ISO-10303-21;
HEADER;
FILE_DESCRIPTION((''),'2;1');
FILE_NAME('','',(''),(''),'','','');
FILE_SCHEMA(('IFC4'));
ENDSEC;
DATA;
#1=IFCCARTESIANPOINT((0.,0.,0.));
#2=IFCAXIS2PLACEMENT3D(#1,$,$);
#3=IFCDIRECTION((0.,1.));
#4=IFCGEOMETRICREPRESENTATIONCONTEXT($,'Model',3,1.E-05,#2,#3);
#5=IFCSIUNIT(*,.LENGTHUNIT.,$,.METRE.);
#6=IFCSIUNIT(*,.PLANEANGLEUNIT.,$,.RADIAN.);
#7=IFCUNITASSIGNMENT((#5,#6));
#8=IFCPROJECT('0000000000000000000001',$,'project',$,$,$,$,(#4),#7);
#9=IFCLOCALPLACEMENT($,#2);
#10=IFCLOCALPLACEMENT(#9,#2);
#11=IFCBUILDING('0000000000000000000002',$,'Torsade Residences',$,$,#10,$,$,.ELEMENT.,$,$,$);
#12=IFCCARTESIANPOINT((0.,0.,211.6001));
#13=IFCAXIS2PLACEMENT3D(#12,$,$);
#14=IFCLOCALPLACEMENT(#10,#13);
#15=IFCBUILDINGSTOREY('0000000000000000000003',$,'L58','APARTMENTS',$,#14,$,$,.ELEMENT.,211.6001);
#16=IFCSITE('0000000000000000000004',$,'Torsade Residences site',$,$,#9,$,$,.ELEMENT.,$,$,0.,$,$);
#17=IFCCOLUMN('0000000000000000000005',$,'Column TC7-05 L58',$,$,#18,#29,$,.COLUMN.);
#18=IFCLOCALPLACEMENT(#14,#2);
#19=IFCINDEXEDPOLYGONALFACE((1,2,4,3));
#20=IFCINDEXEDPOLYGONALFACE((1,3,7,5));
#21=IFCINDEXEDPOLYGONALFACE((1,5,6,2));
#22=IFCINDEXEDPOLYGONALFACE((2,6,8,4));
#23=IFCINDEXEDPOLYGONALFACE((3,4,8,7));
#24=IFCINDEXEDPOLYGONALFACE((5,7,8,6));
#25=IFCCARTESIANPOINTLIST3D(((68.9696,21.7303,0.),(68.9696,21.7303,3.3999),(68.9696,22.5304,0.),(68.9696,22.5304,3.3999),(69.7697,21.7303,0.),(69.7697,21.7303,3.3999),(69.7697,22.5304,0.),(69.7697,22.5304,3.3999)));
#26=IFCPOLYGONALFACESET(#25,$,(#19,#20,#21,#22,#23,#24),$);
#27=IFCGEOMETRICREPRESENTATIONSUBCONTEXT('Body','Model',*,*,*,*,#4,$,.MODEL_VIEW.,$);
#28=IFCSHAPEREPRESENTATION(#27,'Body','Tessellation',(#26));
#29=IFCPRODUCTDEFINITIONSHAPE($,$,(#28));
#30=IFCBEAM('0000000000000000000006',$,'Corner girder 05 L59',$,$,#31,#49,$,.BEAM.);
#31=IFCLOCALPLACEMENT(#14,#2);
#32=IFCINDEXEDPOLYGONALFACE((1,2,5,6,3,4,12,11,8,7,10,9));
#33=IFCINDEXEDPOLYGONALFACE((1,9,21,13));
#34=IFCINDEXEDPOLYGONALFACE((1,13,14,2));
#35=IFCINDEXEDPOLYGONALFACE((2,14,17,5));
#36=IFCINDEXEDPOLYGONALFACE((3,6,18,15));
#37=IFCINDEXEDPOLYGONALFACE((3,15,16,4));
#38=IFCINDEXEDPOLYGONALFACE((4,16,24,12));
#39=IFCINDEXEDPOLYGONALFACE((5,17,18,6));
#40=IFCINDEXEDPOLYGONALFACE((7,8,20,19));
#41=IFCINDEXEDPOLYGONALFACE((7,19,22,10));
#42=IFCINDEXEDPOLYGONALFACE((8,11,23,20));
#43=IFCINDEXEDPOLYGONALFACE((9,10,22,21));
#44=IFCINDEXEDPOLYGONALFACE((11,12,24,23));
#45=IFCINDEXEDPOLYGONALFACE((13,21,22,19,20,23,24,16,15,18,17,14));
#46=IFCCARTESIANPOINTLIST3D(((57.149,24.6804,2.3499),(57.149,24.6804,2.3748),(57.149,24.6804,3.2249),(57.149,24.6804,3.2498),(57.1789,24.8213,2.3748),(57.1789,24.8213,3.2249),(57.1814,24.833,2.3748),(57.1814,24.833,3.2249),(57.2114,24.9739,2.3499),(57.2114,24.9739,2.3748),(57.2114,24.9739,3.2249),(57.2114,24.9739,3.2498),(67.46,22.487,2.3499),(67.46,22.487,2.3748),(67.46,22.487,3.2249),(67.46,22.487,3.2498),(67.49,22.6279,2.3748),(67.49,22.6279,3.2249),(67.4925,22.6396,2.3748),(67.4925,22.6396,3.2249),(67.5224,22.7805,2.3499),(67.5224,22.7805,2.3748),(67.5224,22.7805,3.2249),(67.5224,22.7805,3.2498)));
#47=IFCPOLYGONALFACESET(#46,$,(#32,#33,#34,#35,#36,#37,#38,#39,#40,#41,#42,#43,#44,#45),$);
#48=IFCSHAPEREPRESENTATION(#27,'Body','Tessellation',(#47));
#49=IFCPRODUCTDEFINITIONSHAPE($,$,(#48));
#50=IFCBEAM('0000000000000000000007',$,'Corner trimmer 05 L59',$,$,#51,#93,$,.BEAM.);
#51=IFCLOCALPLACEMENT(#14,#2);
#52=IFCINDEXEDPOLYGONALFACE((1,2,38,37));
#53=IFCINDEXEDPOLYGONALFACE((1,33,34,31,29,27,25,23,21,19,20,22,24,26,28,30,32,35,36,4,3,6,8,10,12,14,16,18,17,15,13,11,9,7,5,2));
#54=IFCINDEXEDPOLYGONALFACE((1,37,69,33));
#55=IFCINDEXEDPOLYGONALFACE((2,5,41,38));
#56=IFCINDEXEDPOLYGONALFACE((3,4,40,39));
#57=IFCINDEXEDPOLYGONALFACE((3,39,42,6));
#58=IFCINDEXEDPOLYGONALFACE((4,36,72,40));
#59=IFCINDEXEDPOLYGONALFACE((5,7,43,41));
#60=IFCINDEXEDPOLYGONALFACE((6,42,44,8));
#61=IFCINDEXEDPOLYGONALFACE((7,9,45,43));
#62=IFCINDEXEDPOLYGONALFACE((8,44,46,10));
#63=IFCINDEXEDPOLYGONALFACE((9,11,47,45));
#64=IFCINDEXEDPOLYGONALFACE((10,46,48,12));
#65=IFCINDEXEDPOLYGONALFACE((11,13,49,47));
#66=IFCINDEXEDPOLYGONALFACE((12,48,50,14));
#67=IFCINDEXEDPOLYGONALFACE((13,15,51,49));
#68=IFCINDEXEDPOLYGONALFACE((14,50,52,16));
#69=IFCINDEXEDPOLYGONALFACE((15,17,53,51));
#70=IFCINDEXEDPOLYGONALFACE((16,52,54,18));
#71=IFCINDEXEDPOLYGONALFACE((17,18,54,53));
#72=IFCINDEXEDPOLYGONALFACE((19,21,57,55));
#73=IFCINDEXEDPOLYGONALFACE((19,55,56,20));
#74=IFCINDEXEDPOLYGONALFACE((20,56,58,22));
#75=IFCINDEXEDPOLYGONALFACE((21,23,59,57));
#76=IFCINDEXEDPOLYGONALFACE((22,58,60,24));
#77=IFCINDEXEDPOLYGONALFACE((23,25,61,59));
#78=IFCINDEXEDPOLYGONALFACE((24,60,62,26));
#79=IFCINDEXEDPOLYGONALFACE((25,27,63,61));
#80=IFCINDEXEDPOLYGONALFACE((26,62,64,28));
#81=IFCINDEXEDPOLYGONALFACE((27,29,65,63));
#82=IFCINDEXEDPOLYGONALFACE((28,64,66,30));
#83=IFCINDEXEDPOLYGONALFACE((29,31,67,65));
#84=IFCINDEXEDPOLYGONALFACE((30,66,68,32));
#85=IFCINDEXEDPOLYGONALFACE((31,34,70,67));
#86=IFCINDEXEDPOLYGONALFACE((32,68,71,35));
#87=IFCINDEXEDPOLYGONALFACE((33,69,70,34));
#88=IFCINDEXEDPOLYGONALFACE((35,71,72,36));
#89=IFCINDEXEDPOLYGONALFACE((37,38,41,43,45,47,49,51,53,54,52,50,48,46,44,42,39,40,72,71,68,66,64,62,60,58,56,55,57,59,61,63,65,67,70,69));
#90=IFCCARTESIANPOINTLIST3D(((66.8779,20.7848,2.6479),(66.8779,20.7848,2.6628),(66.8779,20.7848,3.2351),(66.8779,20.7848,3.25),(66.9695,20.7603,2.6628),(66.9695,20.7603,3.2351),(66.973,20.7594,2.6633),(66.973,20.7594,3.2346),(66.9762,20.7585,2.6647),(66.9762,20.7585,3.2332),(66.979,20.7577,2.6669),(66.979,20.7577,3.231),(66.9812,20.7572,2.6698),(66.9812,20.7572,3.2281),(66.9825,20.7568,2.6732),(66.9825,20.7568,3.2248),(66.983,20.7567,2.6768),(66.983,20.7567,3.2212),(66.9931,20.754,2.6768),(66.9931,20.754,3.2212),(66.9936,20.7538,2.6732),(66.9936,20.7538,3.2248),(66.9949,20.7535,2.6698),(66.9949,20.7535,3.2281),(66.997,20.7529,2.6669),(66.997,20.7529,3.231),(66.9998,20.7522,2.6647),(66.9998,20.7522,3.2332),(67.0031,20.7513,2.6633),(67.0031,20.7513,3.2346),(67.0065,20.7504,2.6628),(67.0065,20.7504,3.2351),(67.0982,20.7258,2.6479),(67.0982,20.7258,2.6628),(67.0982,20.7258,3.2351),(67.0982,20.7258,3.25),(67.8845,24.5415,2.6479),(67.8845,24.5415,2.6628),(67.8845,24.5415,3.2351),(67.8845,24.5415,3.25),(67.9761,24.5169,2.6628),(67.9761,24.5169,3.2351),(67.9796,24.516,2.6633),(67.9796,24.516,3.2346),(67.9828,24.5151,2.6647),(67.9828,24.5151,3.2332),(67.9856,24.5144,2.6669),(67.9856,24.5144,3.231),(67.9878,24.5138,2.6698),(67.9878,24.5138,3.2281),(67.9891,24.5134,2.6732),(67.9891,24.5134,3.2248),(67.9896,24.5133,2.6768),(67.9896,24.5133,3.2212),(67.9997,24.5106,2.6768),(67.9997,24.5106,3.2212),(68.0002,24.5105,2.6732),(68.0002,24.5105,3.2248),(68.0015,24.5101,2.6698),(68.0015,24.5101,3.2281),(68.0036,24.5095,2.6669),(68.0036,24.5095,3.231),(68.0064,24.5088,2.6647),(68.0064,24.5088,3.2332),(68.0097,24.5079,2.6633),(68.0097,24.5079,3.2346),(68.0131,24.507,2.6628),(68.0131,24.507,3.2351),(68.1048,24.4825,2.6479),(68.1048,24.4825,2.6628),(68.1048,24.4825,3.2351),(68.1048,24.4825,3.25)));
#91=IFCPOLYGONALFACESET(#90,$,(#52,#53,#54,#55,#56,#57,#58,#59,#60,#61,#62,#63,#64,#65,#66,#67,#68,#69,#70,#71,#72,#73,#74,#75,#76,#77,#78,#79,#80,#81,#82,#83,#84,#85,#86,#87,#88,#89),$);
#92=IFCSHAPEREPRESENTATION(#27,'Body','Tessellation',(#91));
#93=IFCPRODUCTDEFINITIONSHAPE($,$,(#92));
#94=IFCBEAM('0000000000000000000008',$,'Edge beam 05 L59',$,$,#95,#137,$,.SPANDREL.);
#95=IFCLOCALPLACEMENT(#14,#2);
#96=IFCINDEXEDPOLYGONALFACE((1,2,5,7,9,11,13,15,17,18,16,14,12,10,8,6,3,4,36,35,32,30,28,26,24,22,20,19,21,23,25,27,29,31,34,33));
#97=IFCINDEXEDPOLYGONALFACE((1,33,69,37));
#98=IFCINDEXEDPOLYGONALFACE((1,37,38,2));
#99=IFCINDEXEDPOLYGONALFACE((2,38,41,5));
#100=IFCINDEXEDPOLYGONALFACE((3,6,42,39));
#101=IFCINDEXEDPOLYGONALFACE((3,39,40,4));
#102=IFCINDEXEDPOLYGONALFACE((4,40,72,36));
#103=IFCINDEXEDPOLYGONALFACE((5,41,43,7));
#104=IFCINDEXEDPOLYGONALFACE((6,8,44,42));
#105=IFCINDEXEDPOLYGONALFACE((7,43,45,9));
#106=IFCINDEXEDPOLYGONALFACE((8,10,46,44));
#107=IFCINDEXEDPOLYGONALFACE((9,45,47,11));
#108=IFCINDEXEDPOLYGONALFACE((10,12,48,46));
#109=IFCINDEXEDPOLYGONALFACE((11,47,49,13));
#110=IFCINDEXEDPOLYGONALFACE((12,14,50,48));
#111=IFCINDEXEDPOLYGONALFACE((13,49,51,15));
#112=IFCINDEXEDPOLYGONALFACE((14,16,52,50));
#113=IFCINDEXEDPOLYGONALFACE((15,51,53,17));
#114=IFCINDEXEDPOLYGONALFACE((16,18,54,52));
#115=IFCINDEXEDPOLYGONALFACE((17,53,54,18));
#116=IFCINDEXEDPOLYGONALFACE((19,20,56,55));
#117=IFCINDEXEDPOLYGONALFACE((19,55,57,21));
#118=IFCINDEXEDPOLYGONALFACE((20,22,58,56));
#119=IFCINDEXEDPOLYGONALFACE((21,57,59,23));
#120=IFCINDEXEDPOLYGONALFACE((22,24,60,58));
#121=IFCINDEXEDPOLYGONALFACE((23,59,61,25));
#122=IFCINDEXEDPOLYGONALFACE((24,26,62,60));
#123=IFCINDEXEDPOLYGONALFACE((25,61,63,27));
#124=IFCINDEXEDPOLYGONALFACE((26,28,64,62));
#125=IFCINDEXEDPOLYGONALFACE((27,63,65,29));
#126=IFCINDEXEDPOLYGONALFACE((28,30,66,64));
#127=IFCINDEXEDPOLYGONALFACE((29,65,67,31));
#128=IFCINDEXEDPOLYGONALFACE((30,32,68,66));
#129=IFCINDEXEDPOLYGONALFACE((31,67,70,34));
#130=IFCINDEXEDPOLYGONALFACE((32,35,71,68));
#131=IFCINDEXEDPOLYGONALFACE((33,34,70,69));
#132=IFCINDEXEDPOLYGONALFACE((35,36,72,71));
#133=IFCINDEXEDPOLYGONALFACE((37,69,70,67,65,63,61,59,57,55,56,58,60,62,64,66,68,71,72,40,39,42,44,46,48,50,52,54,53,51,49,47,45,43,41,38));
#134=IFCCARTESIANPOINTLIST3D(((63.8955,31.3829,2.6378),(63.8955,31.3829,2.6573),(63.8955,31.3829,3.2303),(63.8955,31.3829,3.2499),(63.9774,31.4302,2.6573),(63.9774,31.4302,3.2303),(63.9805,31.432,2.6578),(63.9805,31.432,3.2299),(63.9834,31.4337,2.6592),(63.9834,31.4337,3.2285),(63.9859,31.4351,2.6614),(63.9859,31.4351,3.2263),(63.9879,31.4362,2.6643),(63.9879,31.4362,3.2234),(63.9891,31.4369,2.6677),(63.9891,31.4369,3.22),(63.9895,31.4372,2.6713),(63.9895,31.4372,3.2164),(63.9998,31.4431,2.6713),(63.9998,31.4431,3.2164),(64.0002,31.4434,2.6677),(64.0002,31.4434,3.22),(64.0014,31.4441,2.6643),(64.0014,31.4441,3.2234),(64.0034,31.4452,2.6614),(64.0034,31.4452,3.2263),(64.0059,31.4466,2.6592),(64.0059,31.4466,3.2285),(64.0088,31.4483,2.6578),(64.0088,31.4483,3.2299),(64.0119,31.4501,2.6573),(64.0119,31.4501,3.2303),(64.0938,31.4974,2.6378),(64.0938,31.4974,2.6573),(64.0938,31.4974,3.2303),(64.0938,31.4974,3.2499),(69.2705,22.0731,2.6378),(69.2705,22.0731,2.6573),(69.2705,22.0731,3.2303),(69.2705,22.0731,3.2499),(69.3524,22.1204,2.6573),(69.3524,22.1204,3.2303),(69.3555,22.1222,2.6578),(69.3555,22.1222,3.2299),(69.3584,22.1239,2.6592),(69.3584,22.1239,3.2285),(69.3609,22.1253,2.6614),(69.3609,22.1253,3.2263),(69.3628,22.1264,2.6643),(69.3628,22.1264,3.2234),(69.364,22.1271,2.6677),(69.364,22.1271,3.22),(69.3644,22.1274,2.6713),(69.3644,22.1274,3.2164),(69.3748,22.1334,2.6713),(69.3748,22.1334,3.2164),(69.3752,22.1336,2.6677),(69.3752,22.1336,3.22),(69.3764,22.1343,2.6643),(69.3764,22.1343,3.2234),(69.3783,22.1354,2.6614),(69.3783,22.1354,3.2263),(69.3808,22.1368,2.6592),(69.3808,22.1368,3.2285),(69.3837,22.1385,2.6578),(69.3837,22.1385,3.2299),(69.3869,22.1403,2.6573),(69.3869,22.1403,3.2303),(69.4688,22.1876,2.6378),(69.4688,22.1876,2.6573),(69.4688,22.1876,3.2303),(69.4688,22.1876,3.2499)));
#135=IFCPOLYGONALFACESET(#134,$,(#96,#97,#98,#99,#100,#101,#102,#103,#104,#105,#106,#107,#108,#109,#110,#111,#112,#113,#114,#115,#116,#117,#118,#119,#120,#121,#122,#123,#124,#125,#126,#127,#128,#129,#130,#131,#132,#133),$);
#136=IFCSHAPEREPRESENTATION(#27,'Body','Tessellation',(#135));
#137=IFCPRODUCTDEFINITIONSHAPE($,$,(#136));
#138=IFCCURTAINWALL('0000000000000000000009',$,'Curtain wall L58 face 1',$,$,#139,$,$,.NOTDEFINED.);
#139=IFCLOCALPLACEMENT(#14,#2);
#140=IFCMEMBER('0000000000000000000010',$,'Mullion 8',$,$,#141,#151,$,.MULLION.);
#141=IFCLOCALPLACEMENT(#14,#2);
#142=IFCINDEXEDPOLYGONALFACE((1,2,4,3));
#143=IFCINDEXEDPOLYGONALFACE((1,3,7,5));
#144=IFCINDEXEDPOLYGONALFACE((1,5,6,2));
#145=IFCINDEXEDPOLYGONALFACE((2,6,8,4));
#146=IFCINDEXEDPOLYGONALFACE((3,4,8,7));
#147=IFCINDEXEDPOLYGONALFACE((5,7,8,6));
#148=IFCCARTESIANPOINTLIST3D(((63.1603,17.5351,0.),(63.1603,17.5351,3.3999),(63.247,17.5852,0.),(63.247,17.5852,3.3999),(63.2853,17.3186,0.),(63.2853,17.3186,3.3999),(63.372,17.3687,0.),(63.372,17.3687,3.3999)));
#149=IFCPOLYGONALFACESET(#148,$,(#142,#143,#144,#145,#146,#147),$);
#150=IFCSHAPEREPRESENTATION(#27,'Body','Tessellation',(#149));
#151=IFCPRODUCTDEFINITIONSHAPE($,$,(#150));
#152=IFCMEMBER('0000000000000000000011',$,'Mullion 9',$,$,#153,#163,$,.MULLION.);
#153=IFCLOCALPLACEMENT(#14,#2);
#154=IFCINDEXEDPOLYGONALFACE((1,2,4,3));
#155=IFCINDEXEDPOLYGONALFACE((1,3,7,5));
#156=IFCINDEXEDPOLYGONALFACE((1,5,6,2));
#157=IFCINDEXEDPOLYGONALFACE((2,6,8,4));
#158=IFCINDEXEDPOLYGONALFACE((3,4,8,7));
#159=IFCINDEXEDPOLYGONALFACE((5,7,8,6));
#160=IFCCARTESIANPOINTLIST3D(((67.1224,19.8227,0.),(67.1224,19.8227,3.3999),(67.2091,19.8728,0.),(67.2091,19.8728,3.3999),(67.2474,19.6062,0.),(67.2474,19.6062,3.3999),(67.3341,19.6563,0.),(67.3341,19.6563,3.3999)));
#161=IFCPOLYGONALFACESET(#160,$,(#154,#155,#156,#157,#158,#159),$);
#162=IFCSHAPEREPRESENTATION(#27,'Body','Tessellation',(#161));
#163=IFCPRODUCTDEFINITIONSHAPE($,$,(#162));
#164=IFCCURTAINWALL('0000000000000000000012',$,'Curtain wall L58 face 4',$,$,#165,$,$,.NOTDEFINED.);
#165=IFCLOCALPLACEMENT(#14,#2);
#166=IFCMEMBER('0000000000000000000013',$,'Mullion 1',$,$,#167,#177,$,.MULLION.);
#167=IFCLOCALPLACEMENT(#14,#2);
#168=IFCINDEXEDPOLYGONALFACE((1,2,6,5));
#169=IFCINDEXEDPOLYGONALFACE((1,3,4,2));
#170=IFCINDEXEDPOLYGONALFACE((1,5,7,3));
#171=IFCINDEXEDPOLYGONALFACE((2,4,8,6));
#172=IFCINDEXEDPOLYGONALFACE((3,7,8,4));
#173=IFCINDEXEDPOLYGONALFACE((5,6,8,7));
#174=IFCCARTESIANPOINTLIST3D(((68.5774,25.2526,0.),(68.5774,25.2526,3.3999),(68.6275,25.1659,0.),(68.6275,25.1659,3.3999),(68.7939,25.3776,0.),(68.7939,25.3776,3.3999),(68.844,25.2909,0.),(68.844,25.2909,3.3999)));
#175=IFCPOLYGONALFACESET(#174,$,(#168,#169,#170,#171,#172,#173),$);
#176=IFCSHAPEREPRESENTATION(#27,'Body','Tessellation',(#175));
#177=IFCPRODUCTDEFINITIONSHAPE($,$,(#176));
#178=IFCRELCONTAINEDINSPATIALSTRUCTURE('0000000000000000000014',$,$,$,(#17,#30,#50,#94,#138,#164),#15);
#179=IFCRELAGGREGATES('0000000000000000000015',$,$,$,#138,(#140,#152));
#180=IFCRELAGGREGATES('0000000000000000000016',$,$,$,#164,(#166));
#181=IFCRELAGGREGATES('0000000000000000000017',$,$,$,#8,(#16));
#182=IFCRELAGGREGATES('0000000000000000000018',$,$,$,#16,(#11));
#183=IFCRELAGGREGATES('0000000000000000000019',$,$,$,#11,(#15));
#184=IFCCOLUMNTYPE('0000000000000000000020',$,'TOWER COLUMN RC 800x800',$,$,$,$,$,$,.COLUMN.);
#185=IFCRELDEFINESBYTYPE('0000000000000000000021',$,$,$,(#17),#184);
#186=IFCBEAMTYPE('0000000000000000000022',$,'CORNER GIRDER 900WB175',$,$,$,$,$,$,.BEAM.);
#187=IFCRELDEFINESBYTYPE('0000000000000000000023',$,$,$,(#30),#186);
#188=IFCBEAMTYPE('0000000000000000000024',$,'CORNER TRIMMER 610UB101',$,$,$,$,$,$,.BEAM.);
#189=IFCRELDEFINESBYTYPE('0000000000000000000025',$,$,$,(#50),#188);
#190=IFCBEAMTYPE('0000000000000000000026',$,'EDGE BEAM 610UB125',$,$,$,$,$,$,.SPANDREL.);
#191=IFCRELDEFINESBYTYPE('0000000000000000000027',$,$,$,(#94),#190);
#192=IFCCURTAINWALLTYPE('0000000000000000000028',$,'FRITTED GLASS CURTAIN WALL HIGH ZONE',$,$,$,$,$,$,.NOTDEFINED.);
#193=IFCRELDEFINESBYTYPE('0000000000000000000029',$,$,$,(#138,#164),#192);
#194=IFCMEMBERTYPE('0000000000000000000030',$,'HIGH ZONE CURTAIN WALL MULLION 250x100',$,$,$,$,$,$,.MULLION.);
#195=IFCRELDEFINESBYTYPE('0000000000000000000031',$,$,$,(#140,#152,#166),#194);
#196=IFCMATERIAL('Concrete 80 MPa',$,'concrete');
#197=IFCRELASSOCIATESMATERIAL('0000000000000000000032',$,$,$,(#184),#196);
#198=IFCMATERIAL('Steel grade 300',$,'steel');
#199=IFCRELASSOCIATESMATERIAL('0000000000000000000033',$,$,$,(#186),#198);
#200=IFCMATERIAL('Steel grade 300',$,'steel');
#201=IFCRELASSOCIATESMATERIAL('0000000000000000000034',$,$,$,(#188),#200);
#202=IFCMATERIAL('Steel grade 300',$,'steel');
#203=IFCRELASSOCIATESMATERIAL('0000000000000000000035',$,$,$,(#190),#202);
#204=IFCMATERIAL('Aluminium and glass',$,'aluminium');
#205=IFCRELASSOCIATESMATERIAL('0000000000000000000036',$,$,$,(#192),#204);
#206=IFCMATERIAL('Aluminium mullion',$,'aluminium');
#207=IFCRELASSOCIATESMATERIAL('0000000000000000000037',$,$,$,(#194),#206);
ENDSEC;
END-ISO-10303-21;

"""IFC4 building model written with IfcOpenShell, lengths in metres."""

from ifc_helpers import new_model, si_unit, direction, frame, origin, origin_2d, place, context, subcontext, project, spatial, rectangle, i_section, extrude, material, material_profile, profile_set, type_object, element, aggregate, save


model = new_model("IFC4")

# Units and contexts
model_context = context("Model", 3, precision=1e-05, world=origin(), true_north=direction((0.0, 1.0)))
body_context = subcontext(model_context, "Body", "Model", "MODEL_VIEW")
ifc_project = project(units=[si_unit("LENGTHUNIT", "METRE"), si_unit("PLANEANGLEUNIT", "RADIAN")], contexts=[model_context])

# Site, building, storey
site_placement = place(None, origin())
site = spatial("IfcSite", under=ifc_project, at=site_placement, Name="Torsade Residences site", CompositionType="ELEMENT", RefElevation=0.0)
building_placement = place(site_placement, origin())
building = spatial("IfcBuilding", under=site, at=building_placement, Name="Torsade Residences", CompositionType="ELEMENT")
storey_placement = place(building_placement, frame((0.0, 0.0, 211.6001)))
storey = spatial("IfcBuildingStorey", under=building, at=storey_placement, Name="L58", Description="APARTMENTS", CompositionType="ELEMENT", Elevation=211.6001)

# Column
ifc_material_1 = material(Name="Concrete 80 MPa", Category="concrete")
ifc_material_profile_1 = material_profile(ifc_material_1, rectangle(XDim=0.8, YDim=0.8, at=origin_2d()), Name="RC 800x800")
ifc_profile_set_1 = profile_set([ifc_material_profile_1], Name="Concrete 80 MPa")
column_type = type_object("IfcColumnType", Name="TOWER COLUMN RC 800x800", PredefinedType="COLUMN", material=ifc_profile_set_1)
column_placement = place(storey_placement, frame((69.3696, 22.1304, 0.0), z_axis=(0.0, 0.0, 1.0), x_axis=(1.0, 0.0, 0.0)))
element("IfcColumn", 1, at=column_placement, inside=storey, type_object=column_type, Name="Column TC7-05 L58", PredefinedType="COLUMN", context=body_context, shape_type="SweptSolid", body=[
    extrude(rectangle(XDim=0.8, YDim=0.8, at=origin_2d()), origin(), (0.0, 0.0, 1.0), 3.3999),
])

# Beams
ifc_material_2 = material(Name="Steel grade 300", Category="steel")
ifc_material_profile_2 = material_profile(ifc_material_2, i_section(OverallWidth=0.3, OverallDepth=0.8999, WebThickness=0.012, FlangeThickness=0.0249, at=origin_2d()), Name="900WB175")
ifc_profile_set_2 = profile_set([ifc_material_profile_2], Name="Steel grade 300")
beam_type_1 = type_object("IfcBeamType", Name="CORNER GIRDER 900WB175", PredefinedType="BEAM", material=ifc_profile_set_2)
beam_1_placement = place(storey_placement, frame((67.4912, 22.6338, 2.7998), z_axis=(-0.978115, 0.208064, 0.0), x_axis=(-0.208064, -0.978115, 0.0)))
element("IfcBeam", 2, at=beam_1_placement, inside=storey, type_object=beam_type_1, Name="Corner girder 05 L59", PredefinedType="BEAM", context=body_context, shape_type="SweptSolid", body=[
    extrude(i_section(OverallWidth=0.3, OverallDepth=0.8999, WebThickness=0.012, FlangeThickness=0.0249, at=origin_2d()), origin(), (0.0, 0.0, 1.0), 10.5417),
])
ifc_material_3 = material(Name="Steel grade 300", Category="steel")
ifc_material_profile_3 = material_profile(ifc_material_3, i_section(OverallWidth=0.228, OverallDepth=0.6021, WebThickness=0.0105, FlangeThickness=0.0149, FilletRadius=0.0139, at=origin_2d()), Name="610UB101")
ifc_profile_set_3 = profile_set([ifc_material_profile_3], Name="Steel grade 300")
beam_type_2 = type_object("IfcBeamType", Name="CORNER TRIMMER 610UB101", PredefinedType="BEAM", material=ifc_profile_set_3)
beam_2_placement = place(storey_placement, frame((67.9946, 24.512, 2.949), z_axis=(-0.258823, -0.965925, 0.0), x_axis=(0.965925, -0.258823, 0.0)))
element("IfcBeam", 3, at=beam_2_placement, inside=storey, type_object=beam_type_2, Name="Corner trimmer 05 L59", PredefinedType="BEAM", context=body_context, shape_type="SweptSolid", body=[
    extrude(i_section(OverallWidth=0.228, OverallDepth=0.6021, WebThickness=0.0105, FlangeThickness=0.0149, FilletRadius=0.0139, at=origin_2d()), origin(), (0.0, 0.0, 1.0), 3.8892),
])
ifc_material_4 = material(Name="Steel grade 300", Category="steel")
ifc_material_profile_4 = material_profile(ifc_material_4, i_section(OverallWidth=0.229, OverallDepth=0.6121, WebThickness=0.012, FlangeThickness=0.0195, FilletRadius=0.0139, at=origin_2d()), Name="610UB125")
ifc_profile_set_4 = profile_set([ifc_material_profile_4], Name="Steel grade 300")
beam_type_3 = type_object("IfcBeamType", Name="EDGE BEAM 610UB125", PredefinedType="SPANDREL", material=ifc_profile_set_4)
beam_3_placement = place(storey_placement, frame((69.3696, 22.1304, 2.9438), z_axis=(-0.499998, 0.866026, 0.0), x_axis=(-0.866026, -0.499998, 0.0)))
element("IfcBeam", 4, at=beam_3_placement, inside=storey, type_object=beam_type_3, Name="Edge beam 05 L59", PredefinedType="SPANDREL", context=body_context, shape_type="SweptSolid", body=[
    extrude(i_section(OverallWidth=0.229, OverallDepth=0.6121, WebThickness=0.012, FlangeThickness=0.0195, FilletRadius=0.0139, at=origin_2d()), origin(), (0.0, 0.0, 1.0), 10.75),
])

# Curtain wall, members
ifc_material_5 = material(Name="Aluminium and glass", Category="aluminium")
curtain_wall_type = type_object("IfcCurtainWallType", Name="FRITTED GLASS CURTAIN WALL HIGH ZONE", PredefinedType="NOTDEFINED", material=ifc_material_5)
curtain_wall_1_placement = place(storey_placement, origin())
curtain_wall_1 = element("IfcCurtainWall", 5, at=curtain_wall_1_placement, inside=storey, type_object=curtain_wall_type, Name="Curtain wall L58 face 1", PredefinedType="NOTDEFINED")
ifc_material_6 = material(Name="Aluminium mullion", Category="aluminium")
ifc_material_profile_5 = material_profile(ifc_material_6, rectangle(XDim=0.25, YDim=0.1001, at=origin_2d()), Name="HIGH ZONE CURTAIN WALL MULLION 250x100")
ifc_profile_set_5 = profile_set([ifc_material_profile_5], Name="Aluminium mullion")
member_type_1 = type_object("IfcMemberType", Name="HIGH ZONE CURTAIN WALL MULLION 250x100", PredefinedType="MULLION", material=ifc_profile_set_5)
member_1_placement = place(storey_placement, frame((63.2661, 17.4519, 0.0), z_axis=(0.0, 0.0, 1.0), x_axis=(-0.5, 0.866025, 0.0)))
member_1 = element("IfcMember", 6, at=member_1_placement, type_object=member_type_1, Name="Mullion 8", PredefinedType="MULLION", context=body_context, shape_type="SweptSolid", body=[
    extrude(rectangle(XDim=0.25, YDim=0.1001, at=origin_2d()), origin(), (0.0, 0.0, 1.0), 3.3999),
])
member_2_placement = place(storey_placement, frame((67.2283, 19.7395, 0.0), z_axis=(0.0, 0.0, 1.0), x_axis=(-0.5, 0.866025, 0.0)))
member_2 = element("IfcMember", 7, at=member_2_placement, type_object=member_type_1, Name="Mullion 9", PredefinedType="MULLION", context=body_context, shape_type="SweptSolid", body=[
    extrude(rectangle(XDim=0.25, YDim=0.1001, at=origin_2d()), origin(), (0.0, 0.0, 1.0), 3.3999),
])

# Curtain wall, member
curtain_wall_2_placement = place(storey_placement, origin())
curtain_wall_2 = element("IfcCurtainWall", 8, at=curtain_wall_2_placement, inside=storey, type_object=curtain_wall_type, Name="Curtain wall L58 face 4", PredefinedType="NOTDEFINED")
member_3_placement = place(storey_placement, frame((68.7107, 25.2717, 0.0), z_axis=(0.0, 0.0, 1.0), x_axis=(-0.866025, -0.5, 0.0)))
member_3 = element("IfcMember", 9, at=member_3_placement, type_object=member_type_1, Name="Mullion 1", PredefinedType="MULLION", context=body_context, shape_type="SweptSolid", body=[
    extrude(rectangle(XDim=0.25, YDim=0.1001, at=origin_2d()), origin(), (0.0, 0.0, 1.0), 3.3999),
])

aggregate(curtain_wall_1, [member_1, member_2])
aggregate(curtain_wall_2, [member_3])

save(model, "model.ifc")
